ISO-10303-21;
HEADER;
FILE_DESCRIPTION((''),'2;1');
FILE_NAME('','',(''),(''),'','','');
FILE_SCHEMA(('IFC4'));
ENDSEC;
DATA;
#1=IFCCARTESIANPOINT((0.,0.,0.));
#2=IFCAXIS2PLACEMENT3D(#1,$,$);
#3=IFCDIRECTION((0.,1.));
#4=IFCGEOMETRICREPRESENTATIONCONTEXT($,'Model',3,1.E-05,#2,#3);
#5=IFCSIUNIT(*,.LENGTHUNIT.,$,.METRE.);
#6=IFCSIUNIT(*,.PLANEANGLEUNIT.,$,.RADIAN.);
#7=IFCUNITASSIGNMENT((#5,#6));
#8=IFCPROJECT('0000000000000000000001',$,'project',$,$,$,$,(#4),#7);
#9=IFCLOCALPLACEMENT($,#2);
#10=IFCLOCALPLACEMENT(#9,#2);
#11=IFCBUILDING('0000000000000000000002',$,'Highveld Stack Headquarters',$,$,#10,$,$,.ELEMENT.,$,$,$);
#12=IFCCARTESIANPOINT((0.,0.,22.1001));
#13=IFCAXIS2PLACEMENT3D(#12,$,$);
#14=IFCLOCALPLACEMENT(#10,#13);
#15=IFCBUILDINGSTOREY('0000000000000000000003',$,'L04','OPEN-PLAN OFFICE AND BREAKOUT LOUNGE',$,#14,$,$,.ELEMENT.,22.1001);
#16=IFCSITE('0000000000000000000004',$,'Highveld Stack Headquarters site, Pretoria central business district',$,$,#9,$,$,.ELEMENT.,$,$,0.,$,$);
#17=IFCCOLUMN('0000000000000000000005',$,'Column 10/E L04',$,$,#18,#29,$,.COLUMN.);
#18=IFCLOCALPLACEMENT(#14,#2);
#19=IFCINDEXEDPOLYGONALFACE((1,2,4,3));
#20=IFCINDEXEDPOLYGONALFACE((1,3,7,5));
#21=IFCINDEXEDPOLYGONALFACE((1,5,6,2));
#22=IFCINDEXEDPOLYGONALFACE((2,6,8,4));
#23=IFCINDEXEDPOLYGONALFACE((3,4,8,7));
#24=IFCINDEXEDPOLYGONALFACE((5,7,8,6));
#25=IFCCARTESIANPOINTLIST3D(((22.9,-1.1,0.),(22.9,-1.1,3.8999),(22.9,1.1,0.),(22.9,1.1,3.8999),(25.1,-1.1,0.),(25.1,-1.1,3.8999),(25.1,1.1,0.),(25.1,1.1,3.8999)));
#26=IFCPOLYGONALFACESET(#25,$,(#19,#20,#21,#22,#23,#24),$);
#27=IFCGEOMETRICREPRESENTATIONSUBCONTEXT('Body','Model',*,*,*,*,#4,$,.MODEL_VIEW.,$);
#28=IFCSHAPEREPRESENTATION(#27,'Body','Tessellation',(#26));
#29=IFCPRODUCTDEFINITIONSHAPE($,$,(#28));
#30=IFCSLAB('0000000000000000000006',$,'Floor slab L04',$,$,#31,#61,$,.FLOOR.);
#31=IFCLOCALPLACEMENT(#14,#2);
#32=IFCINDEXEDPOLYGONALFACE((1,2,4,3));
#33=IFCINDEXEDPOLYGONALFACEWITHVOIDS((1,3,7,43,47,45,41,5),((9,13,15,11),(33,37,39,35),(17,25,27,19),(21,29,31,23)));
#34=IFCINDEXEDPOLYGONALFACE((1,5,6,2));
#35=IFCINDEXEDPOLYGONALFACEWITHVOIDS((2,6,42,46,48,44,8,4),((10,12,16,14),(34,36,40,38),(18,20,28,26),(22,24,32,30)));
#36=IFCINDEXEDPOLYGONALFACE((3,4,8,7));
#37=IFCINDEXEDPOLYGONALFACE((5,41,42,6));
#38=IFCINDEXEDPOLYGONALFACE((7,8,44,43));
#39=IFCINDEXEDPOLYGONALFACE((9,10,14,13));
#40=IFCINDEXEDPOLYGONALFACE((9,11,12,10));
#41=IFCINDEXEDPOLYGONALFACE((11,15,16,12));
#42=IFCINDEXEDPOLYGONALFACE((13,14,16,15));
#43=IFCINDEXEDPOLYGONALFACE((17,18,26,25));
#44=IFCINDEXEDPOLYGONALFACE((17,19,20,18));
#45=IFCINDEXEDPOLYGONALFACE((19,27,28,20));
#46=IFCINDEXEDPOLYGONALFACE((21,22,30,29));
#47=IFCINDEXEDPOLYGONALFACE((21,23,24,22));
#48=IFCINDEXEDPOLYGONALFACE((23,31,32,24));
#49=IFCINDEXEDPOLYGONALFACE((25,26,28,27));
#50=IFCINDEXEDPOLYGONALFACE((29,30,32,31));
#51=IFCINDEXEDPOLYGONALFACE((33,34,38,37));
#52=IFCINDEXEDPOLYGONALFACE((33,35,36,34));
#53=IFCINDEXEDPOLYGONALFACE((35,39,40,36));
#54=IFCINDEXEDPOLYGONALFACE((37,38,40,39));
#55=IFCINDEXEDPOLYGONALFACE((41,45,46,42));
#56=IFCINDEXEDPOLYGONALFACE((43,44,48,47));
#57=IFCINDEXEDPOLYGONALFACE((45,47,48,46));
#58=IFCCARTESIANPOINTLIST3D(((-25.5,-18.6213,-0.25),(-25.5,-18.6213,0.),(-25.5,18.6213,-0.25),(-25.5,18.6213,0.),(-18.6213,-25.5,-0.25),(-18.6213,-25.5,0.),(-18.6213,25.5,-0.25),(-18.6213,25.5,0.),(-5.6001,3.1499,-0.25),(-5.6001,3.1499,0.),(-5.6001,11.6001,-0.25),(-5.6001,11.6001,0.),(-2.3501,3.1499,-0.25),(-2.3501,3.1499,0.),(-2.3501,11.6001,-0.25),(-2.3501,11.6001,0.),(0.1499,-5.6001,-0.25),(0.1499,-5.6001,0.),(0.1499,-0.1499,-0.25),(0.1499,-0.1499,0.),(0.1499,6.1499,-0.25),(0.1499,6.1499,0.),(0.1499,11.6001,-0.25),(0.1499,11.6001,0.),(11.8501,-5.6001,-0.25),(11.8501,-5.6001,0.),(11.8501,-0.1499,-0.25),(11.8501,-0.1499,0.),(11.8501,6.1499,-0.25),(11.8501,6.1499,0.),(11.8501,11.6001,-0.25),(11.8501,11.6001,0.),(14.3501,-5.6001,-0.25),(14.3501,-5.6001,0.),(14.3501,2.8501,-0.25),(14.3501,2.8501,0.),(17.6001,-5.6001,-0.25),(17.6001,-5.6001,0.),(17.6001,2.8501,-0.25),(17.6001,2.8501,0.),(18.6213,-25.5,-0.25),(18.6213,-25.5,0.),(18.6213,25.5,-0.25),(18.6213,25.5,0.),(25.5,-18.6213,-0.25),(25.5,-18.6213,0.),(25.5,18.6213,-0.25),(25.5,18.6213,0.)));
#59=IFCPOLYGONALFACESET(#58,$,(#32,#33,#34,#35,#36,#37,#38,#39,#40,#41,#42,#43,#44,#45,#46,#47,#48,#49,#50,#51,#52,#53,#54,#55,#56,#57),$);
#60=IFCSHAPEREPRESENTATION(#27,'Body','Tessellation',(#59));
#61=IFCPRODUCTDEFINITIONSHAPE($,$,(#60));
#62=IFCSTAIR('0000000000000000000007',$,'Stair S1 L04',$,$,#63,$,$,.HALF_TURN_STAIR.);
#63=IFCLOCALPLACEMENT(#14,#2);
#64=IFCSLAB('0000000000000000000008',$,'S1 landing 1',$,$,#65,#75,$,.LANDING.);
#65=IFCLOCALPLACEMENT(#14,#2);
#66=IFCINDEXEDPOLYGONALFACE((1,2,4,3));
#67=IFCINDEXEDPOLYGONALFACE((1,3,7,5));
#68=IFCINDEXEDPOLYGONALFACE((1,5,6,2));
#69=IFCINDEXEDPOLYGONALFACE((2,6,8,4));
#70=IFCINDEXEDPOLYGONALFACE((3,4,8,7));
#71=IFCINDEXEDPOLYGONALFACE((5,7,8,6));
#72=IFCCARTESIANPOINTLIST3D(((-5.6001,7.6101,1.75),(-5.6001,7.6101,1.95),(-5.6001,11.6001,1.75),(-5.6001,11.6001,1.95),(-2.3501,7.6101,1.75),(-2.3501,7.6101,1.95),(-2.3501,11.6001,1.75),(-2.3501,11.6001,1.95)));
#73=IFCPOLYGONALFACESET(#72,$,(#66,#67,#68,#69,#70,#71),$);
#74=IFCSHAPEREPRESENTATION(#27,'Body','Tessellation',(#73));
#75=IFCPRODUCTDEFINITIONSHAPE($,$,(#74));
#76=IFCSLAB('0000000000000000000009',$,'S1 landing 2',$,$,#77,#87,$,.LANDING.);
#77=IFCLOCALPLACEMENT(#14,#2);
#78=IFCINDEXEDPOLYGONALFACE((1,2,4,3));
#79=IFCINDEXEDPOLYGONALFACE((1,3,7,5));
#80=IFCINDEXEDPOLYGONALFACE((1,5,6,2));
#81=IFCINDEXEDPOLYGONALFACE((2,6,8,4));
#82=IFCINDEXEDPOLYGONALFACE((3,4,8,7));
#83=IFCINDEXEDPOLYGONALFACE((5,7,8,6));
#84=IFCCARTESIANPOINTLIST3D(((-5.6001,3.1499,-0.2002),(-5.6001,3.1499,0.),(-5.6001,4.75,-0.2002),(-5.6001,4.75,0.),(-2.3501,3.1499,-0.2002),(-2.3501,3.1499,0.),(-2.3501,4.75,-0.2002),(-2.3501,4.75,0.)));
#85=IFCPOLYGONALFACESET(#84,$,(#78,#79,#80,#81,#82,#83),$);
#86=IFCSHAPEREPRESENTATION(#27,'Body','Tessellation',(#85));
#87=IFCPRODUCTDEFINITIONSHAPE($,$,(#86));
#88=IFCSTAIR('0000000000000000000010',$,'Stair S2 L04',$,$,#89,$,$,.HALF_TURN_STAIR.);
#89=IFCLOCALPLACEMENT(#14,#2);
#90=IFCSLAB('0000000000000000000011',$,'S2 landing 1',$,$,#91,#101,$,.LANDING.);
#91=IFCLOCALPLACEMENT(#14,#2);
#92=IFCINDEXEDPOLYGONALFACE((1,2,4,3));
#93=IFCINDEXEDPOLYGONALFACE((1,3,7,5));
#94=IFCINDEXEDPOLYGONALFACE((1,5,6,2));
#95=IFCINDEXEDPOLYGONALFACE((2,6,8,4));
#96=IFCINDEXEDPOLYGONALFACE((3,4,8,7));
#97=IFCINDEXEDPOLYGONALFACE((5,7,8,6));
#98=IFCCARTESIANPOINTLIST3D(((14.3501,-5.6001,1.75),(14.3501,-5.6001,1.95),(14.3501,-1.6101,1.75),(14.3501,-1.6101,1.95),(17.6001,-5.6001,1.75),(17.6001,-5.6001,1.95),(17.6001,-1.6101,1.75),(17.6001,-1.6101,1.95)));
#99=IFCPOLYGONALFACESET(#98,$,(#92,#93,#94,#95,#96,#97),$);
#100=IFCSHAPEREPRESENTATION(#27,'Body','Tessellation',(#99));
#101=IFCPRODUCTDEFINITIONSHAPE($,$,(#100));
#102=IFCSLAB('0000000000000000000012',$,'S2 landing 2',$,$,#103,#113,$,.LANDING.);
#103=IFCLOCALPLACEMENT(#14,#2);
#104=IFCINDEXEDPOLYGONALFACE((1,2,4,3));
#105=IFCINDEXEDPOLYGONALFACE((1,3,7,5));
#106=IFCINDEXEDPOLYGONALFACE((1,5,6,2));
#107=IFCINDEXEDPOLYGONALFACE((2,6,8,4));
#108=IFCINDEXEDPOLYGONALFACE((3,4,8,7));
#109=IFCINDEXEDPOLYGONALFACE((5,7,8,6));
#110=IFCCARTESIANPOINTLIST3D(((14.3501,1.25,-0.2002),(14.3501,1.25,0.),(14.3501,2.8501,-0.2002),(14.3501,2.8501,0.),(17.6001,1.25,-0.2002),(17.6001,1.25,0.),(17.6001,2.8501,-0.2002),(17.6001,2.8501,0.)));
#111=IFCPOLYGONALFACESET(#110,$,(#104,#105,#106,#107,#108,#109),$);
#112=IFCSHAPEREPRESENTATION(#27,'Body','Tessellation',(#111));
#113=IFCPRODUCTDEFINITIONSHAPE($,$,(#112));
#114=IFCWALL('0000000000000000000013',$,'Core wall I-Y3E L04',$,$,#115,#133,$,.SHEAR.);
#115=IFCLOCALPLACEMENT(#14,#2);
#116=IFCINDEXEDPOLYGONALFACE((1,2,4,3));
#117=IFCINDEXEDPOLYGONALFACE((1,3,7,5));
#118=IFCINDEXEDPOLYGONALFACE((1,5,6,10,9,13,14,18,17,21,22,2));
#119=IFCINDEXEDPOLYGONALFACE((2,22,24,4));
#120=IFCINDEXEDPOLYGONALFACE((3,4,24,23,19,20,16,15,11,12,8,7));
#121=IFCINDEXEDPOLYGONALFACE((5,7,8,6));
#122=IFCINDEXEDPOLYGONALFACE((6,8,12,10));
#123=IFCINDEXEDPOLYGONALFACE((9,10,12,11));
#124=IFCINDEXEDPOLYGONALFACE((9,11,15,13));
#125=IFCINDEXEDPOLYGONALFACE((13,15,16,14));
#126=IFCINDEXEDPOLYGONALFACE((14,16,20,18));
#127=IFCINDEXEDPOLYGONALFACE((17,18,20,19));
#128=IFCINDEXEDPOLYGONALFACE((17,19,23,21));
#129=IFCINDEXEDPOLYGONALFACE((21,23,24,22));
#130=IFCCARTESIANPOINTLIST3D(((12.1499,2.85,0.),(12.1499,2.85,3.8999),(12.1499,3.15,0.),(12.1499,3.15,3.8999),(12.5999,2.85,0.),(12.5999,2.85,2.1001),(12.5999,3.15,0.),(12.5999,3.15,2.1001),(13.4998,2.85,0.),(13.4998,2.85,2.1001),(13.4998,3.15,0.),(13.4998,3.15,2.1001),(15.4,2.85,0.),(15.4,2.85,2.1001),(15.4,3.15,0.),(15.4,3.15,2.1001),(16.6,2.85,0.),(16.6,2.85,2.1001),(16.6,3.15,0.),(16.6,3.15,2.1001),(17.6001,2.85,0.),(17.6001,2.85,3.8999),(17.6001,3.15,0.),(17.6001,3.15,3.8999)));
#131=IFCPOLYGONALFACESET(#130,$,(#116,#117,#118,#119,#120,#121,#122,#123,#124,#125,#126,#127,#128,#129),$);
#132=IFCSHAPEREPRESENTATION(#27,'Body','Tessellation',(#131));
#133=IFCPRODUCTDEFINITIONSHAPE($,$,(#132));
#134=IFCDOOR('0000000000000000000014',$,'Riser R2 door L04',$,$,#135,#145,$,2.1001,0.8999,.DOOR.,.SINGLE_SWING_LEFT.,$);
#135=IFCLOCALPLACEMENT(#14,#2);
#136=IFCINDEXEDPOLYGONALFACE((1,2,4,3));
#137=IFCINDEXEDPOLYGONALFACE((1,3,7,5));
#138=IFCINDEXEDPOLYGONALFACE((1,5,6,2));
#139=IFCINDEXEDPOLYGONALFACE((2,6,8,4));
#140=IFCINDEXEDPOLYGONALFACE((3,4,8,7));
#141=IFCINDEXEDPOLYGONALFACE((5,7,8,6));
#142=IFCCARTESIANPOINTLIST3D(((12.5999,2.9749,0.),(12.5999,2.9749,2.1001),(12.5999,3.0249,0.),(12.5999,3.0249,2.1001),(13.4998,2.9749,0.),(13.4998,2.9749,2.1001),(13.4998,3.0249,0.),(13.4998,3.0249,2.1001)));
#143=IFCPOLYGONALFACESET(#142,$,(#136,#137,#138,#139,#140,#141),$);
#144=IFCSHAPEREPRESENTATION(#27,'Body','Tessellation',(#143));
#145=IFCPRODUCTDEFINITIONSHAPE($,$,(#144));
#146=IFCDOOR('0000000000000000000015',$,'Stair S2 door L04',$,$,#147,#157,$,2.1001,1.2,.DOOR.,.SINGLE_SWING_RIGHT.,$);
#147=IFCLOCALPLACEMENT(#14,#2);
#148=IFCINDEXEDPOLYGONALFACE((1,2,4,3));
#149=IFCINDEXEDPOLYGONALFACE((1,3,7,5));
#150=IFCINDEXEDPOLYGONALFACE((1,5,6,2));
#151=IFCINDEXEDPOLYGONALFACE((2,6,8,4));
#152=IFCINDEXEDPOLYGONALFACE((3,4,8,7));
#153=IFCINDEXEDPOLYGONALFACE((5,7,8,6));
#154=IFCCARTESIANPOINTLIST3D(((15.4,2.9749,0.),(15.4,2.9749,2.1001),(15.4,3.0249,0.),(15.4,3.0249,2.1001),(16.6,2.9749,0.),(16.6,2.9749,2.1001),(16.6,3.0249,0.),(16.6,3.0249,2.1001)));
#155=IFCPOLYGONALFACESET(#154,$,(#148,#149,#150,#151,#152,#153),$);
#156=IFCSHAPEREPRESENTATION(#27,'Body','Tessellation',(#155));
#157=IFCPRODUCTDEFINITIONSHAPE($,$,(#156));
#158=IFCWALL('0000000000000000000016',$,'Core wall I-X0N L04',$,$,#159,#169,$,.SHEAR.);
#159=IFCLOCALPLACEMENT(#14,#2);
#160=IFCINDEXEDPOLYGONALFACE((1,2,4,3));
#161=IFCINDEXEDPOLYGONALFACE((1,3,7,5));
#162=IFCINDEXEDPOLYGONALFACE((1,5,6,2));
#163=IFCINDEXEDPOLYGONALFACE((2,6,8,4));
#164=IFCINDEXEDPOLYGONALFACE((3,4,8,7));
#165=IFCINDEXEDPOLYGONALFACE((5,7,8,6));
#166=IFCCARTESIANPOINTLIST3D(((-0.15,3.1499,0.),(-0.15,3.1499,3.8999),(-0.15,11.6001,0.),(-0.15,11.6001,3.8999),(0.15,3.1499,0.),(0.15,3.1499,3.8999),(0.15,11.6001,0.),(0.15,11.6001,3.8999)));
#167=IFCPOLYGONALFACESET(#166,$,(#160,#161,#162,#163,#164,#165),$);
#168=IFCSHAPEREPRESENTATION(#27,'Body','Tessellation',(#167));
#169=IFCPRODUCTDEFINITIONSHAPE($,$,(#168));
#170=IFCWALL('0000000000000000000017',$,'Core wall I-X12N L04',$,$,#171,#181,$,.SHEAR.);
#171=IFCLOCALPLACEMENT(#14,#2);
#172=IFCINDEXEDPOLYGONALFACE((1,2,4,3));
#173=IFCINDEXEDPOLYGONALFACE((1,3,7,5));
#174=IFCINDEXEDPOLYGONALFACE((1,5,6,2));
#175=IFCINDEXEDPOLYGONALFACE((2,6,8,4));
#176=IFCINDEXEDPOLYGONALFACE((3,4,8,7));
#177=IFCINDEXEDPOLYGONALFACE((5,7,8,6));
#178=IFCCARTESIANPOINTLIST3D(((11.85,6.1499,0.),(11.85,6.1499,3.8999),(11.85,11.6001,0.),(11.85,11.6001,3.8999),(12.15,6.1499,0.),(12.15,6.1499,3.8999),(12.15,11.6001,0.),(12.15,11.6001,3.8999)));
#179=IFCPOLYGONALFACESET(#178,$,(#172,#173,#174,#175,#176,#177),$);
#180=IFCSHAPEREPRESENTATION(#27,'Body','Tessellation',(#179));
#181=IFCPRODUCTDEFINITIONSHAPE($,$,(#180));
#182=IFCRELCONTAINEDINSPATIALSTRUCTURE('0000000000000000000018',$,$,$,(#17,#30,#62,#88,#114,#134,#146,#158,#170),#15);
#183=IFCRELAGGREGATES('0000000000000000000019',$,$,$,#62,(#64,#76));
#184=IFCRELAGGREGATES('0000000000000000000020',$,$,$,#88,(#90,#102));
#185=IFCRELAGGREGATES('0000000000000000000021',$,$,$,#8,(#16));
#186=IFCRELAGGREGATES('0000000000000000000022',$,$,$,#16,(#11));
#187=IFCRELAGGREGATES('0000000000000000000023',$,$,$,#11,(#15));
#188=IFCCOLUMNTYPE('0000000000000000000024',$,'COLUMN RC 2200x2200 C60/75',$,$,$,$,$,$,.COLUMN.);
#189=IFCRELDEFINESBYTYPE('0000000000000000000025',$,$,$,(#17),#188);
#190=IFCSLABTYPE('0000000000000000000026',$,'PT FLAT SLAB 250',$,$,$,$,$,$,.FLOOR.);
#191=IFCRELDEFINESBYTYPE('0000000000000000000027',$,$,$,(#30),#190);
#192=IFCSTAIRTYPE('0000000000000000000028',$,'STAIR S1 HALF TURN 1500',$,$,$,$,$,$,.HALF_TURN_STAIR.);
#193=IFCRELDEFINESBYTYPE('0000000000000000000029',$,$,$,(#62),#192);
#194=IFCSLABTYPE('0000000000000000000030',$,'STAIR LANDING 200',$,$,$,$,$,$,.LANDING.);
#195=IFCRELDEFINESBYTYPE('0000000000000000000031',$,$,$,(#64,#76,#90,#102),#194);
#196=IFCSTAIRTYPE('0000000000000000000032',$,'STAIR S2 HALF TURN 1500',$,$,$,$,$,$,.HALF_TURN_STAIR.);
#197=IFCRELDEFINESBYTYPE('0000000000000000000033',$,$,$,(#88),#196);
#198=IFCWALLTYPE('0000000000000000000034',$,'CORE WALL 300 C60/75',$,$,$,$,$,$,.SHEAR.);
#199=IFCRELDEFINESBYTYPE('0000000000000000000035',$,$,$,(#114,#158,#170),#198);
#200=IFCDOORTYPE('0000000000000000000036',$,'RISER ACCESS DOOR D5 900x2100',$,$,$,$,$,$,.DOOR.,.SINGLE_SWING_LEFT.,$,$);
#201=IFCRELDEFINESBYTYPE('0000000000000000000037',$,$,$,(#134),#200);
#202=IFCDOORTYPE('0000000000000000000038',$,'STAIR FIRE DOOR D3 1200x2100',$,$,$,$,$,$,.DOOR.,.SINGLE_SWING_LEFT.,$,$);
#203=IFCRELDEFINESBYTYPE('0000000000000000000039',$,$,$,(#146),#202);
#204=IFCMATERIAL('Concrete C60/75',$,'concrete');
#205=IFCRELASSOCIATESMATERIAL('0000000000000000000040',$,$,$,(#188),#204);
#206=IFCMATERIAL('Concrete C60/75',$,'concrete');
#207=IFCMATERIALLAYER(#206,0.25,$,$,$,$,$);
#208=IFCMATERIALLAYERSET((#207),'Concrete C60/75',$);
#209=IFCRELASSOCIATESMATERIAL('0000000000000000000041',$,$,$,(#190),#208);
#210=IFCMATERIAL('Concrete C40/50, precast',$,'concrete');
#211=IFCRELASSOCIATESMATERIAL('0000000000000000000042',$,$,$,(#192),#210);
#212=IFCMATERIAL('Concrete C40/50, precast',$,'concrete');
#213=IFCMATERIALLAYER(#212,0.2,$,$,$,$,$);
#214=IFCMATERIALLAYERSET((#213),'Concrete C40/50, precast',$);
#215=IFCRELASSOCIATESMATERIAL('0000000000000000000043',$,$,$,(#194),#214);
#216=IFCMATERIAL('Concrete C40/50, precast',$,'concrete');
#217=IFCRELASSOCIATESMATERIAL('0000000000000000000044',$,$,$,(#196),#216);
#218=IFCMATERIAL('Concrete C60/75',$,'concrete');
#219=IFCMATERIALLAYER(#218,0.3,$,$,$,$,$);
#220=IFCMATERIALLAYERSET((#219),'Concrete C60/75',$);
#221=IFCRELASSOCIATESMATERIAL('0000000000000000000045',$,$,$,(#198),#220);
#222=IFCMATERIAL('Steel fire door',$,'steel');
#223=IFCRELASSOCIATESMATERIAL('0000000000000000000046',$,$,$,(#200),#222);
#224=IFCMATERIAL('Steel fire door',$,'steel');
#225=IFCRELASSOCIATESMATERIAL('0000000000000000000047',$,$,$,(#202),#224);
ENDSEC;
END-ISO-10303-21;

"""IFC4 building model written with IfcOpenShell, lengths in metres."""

from ifc_helpers import new_model, si_unit, direction, frame, frame_2d, origin, origin_2d, place, context, subcontext, project, spatial, polyline, rectangle, outline, extrude, material, layer, layer_set, material_profile, profile_set, type_object, element, fill, aggregate, save


model = new_model("IFC4")

# Units and contexts
model_context = context("Model", 3, precision=1e-05, world=origin(), true_north=direction((0.0, 1.0)))
body_context = subcontext(model_context, "Body", "Model", "MODEL_VIEW")
ifc_project = project(units=[si_unit("LENGTHUNIT", "METRE"), si_unit("PLANEANGLEUNIT", "RADIAN")], contexts=[model_context])

# Site, building, storey
site_placement = place(None, origin())
site = spatial("IfcSite", under=ifc_project, at=site_placement, Name="Highveld Stack Headquarters site, Pretoria central business district", CompositionType="ELEMENT", RefElevation=0.0)
building_placement = place(site_placement, origin())
building = spatial("IfcBuilding", under=site, at=building_placement, Name="Highveld Stack Headquarters", CompositionType="ELEMENT")
storey_placement = place(building_placement, frame((0.0, 0.0, 22.1001)))
storey = spatial("IfcBuildingStorey", under=building, at=storey_placement, Name="L04", Description="OPEN-PLAN OFFICE AND BREAKOUT LOUNGE", CompositionType="ELEMENT", Elevation=22.1001)

# Column
ifc_material_1 = material(Name="Concrete C60/75", Category="concrete")
ifc_material_profile = material_profile(ifc_material_1, rectangle(XDim=2.2, YDim=2.2, at=origin_2d()), Name="RC 2200x2200")
ifc_profile_set = profile_set([ifc_material_profile], Name="Concrete C60/75")
column_type = type_object("IfcColumnType", Name="COLUMN RC 2200x2200 C60/75", PredefinedType="COLUMN", material=ifc_profile_set)
column_placement = place(storey_placement, frame((24.0, 0.0, 0.0), z_axis=(0.0, 0.0, 1.0), x_axis=(1.0, 0.0, 0.0)))
element("IfcColumn", 1, at=column_placement, inside=storey, type_object=column_type, Name="Column 10/E L04", PredefinedType="COLUMN", context=body_context, shape_type="SweptSolid", body=[
    extrude(rectangle(XDim=2.2, YDim=2.2, at=origin_2d()), origin(), (0.0, 0.0, 1.0), 3.8999),
])

# Slab
ifc_material_2 = material(Name="Concrete C60/75", Category="concrete")
ifc_layer_1 = layer(ifc_material_2, 0.25)
ifc_layer_set_1 = layer_set([ifc_layer_1], Name="Concrete C60/75")
slab_type_1 = type_object("IfcSlabType", Name="PT FLAT SLAB 250", PredefinedType="FLOOR", material=ifc_layer_set_1)
slab_1_placement = place(storey_placement, frame((0.0, 0.0, -0.25)))
element("IfcSlab", 2, at=slab_1_placement, inside=storey, type_object=slab_type_1, Name="Floor slab L04", PredefinedType="FLOOR", context=body_context, shape_type="SweptSolid", body=[
    extrude(outline(polyline([(-18.6213, -25.5), (18.6213, -25.5), (25.5, -18.6213), (25.5, 18.6213), (18.6213, 25.5), (-18.6213, 25.5), (-25.5, 18.6213), (-25.5, -18.6213), (-18.6213, -25.5)]), holes=[polyline([(0.1499, 6.1499), (11.8501, 6.1499), (11.8501, 11.6001), (0.1499, 11.6001), (0.1499, 6.1499)]), polyline([(0.1499, -5.6001), (11.8501, -5.6001), (11.8501, -0.1499), (0.1499, -0.1499), (0.1499, -5.6001)]), polyline([(-5.6001, 3.1499), (-2.3501, 3.1499), (-2.3501, 11.6001), (-5.6001, 11.6001), (-5.6001, 3.1499)]), polyline([(14.3501, -5.6001), (17.6001, -5.6001), (17.6001, 2.8501), (14.3501, 2.8501), (14.3501, -5.6001)])]), origin(), (0.0, 0.0, 1.0), 0.25),
])

# Stairs, slabs
ifc_material_3 = material(Name="Concrete C40/50, precast", Category="concrete")
stair_type_1 = type_object("IfcStairType", Name="STAIR S1 HALF TURN 1500", PredefinedType="HALF_TURN_STAIR", material=ifc_material_3)
stair_1_placement = place(storey_placement, origin())
stair_1 = element("IfcStair", 3, at=stair_1_placement, inside=storey, type_object=stair_type_1, Name="Stair S1 L04", PredefinedType="HALF_TURN_STAIR")
ifc_material_4 = material(Name="Concrete C40/50, precast", Category="concrete")
ifc_layer_2 = layer(ifc_material_4, 0.2)
ifc_layer_set_2 = layer_set([ifc_layer_2], Name="Concrete C40/50, precast")
slab_type_2 = type_object("IfcSlabType", Name="STAIR LANDING 200", PredefinedType="LANDING", material=ifc_layer_set_2)
slab_2_placement = place(storey_placement, frame((0.0, 0.0, 1.75)))
slab_2 = element("IfcSlab", 4, at=slab_2_placement, type_object=slab_type_2, Name="S1 landing 1", PredefinedType="LANDING", context=body_context, shape_type="SweptSolid", body=[
    extrude(outline(polyline([(-5.6001, 7.6101), (-2.3501, 7.6101), (-2.3501, 11.6001), (-5.6001, 11.6001), (-5.6001, 7.6101)])), origin(), (0.0, 0.0, 1.0), 0.2),
])
slab_3_placement = place(storey_placement, frame((0.0, 0.0, -0.2002)))
slab_3 = element("IfcSlab", 5, at=slab_3_placement, type_object=slab_type_2, Name="S1 landing 2", PredefinedType="LANDING", context=body_context, shape_type="SweptSolid", body=[
    extrude(outline(polyline([(-5.6001, 3.1499), (-2.3501, 3.1499), (-2.3501, 4.75), (-5.6001, 4.75), (-5.6001, 3.1499)])), origin(), (0.0, 0.0, 1.0), 0.2002),
])
aggregate(stair_1, [slab_2, slab_3])
ifc_material_5 = material(Name="Concrete C40/50, precast", Category="concrete")
stair_type_2 = type_object("IfcStairType", Name="STAIR S2 HALF TURN 1500", PredefinedType="HALF_TURN_STAIR", material=ifc_material_5)
stair_2_placement = place(storey_placement, origin())
stair_2 = element("IfcStair", 6, at=stair_2_placement, inside=storey, type_object=stair_type_2, Name="Stair S2 L04", PredefinedType="HALF_TURN_STAIR")
slab_4_placement = place(storey_placement, frame((0.0, 0.0, 1.75)))
slab_4 = element("IfcSlab", 7, at=slab_4_placement, type_object=slab_type_2, Name="S2 landing 1", PredefinedType="LANDING", context=body_context, shape_type="SweptSolid", body=[
    extrude(outline(polyline([(14.3501, -5.6001), (17.6001, -5.6001), (17.6001, -1.6101), (14.3501, -1.6101), (14.3501, -5.6001)])), origin(), (0.0, 0.0, 1.0), 0.2),
])
slab_5_placement = place(storey_placement, frame((0.0, 0.0, -0.2002)))
slab_5 = element("IfcSlab", 8, at=slab_5_placement, type_object=slab_type_2, Name="S2 landing 2", PredefinedType="LANDING", context=body_context, shape_type="SweptSolid", body=[
    extrude(outline(polyline([(14.3501, 1.25), (17.6001, 1.25), (17.6001, 2.8501), (14.3501, 2.8501), (14.3501, 1.25)])), origin(), (0.0, 0.0, 1.0), 0.2002),
])

# Wall, openings, doors
ifc_material_6 = material(Name="Concrete C60/75", Category="concrete")
ifc_layer_3 = layer(ifc_material_6, 0.3)
ifc_layer_set_3 = layer_set([ifc_layer_3], Name="Concrete C60/75")
wall_type_1 = type_object("IfcWallType", Name="CORE WALL 300 C60/75", PredefinedType="SHEAR", material=ifc_layer_set_3)
wall_1_placement = place(storey_placement, frame((12.1499, 3.0, 0.0), z_axis=(0.0, 0.0, 1.0), x_axis=(1.0, 0.0, 0.0)))
wall_1 = element("IfcWall", 9, at=wall_1_placement, inside=storey, type_object=wall_type_1, Name="Core wall I-Y3E L04", PredefinedType="SHEAR", context=body_context, shape_type="SweptSolid", body=[
    extrude(rectangle(XDim=5.4502, YDim=0.3, at=frame_2d((2.7251, 0.0))), origin(), (0.0, 0.0, 1.0), 3.8999),
])
opening_1_placement = place(wall_1_placement, frame((3.25, 0.0, 0.0)))
opening_1 = element("IfcOpeningElement", 10, at=opening_1_placement, cuts=wall_1, PredefinedType="OPENING", context=body_context, shape_type="SweptSolid", body=[
    extrude(rectangle(XDim=1.2, YDim=2.1001, at=frame_2d((0.6001, 1.05))), frame((0.0, 0.1599, 0.0), z_axis=(0.0, -1.0, 0.0), x_axis=(1.0, 0.0, 0.0)), (0.0, 0.0, 1.0), 0.3201),
])
opening_2_placement = place(wall_1_placement, frame((0.45, 0.0, 0.0)))
opening_2 = element("IfcOpeningElement", 11, at=opening_2_placement, cuts=wall_1, PredefinedType="OPENING", context=body_context, shape_type="SweptSolid", body=[
    extrude(rectangle(XDim=0.8999, YDim=2.1001, at=frame_2d((0.45, 1.05))), frame((0.0, 0.1599, 0.0), z_axis=(0.0, -1.0, 0.0), x_axis=(1.0, 0.0, 0.0)), (0.0, 0.0, 1.0), 0.3201),
])
ifc_material_7 = material(Name="Steel fire door", Category="steel")
door_type_1 = type_object("IfcDoorType", Name="RISER ACCESS DOOR D5 900x2100", OperationType="SINGLE_SWING_LEFT", PredefinedType="DOOR", material=ifc_material_7)
door_1_placement = place(opening_2_placement, origin())
door_1 = element("IfcDoor", 12, at=door_1_placement, inside=storey, type_object=door_type_1, Name="Riser R2 door L04", OperationType="SINGLE_SWING_LEFT", OverallHeight=2.1001, OverallWidth=0.8999, PredefinedType="DOOR", context=body_context, shape_type="SweptSolid", body=[
    extrude(rectangle(XDim=0.8999, YDim=2.1001, at=frame_2d((0.45, 1.05))), frame((0.0, 0.0249, 0.0), z_axis=(0.0, -1.0, 0.0), x_axis=(1.0, 0.0, 0.0)), (0.0, 0.0, 1.0), 0.05),
])
fill(opening_2, door_1)
ifc_material_8 = material(Name="Steel fire door", Category="steel")
door_type_2 = type_object("IfcDoorType", Name="STAIR FIRE DOOR D3 1200x2100", OperationType="SINGLE_SWING_LEFT", PredefinedType="DOOR", material=ifc_material_8)
door_2_placement = place(opening_1_placement, origin())
door_2 = element("IfcDoor", 13, at=door_2_placement, inside=storey, type_object=door_type_2, Name="Stair S2 door L04", OperationType="SINGLE_SWING_RIGHT", OverallHeight=2.1001, OverallWidth=1.2, PredefinedType="DOOR", context=body_context, shape_type="SweptSolid", body=[
    extrude(rectangle(XDim=1.2, YDim=2.1001, at=frame_2d((0.6001, 1.05))), frame((0.0, 0.0249, 0.0), z_axis=(0.0, -1.0, 0.0), x_axis=(1.0, 0.0, 0.0)), (0.0, 0.0, 1.0), 0.05),
])
fill(opening_1, door_2)

# Walls
wall_2_placement = place(storey_placement, frame((0.0, 3.1499, 0.0), z_axis=(0.0, 0.0, 1.0), x_axis=(0.0, 1.0, 0.0)))
element("IfcWall", 14, at=wall_2_placement, inside=storey, type_object=wall_type_1, Name="Core wall I-X0N L04", PredefinedType="SHEAR", context=body_context, shape_type="SweptSolid", body=[
    extrude(rectangle(XDim=8.4502, YDim=0.3, at=frame_2d((4.2251, 0.0))), origin(), (0.0, 0.0, 1.0), 3.8999),
])
wall_3_placement = place(storey_placement, frame((12.0, 6.1499, 0.0), z_axis=(0.0, 0.0, 1.0), x_axis=(0.0, 1.0, 0.0)))
element("IfcWall", 15, at=wall_3_placement, inside=storey, type_object=wall_type_1, Name="Core wall I-X12N L04", PredefinedType="SHEAR", context=body_context, shape_type="SweptSolid", body=[
    extrude(rectangle(XDim=5.4502, YDim=0.3, at=frame_2d((2.7251, 0.0))), origin(), (0.0, 0.0, 1.0), 3.8999),
])

aggregate(stair_2, [slab_4, slab_5])

save(model, "model.ifc")
